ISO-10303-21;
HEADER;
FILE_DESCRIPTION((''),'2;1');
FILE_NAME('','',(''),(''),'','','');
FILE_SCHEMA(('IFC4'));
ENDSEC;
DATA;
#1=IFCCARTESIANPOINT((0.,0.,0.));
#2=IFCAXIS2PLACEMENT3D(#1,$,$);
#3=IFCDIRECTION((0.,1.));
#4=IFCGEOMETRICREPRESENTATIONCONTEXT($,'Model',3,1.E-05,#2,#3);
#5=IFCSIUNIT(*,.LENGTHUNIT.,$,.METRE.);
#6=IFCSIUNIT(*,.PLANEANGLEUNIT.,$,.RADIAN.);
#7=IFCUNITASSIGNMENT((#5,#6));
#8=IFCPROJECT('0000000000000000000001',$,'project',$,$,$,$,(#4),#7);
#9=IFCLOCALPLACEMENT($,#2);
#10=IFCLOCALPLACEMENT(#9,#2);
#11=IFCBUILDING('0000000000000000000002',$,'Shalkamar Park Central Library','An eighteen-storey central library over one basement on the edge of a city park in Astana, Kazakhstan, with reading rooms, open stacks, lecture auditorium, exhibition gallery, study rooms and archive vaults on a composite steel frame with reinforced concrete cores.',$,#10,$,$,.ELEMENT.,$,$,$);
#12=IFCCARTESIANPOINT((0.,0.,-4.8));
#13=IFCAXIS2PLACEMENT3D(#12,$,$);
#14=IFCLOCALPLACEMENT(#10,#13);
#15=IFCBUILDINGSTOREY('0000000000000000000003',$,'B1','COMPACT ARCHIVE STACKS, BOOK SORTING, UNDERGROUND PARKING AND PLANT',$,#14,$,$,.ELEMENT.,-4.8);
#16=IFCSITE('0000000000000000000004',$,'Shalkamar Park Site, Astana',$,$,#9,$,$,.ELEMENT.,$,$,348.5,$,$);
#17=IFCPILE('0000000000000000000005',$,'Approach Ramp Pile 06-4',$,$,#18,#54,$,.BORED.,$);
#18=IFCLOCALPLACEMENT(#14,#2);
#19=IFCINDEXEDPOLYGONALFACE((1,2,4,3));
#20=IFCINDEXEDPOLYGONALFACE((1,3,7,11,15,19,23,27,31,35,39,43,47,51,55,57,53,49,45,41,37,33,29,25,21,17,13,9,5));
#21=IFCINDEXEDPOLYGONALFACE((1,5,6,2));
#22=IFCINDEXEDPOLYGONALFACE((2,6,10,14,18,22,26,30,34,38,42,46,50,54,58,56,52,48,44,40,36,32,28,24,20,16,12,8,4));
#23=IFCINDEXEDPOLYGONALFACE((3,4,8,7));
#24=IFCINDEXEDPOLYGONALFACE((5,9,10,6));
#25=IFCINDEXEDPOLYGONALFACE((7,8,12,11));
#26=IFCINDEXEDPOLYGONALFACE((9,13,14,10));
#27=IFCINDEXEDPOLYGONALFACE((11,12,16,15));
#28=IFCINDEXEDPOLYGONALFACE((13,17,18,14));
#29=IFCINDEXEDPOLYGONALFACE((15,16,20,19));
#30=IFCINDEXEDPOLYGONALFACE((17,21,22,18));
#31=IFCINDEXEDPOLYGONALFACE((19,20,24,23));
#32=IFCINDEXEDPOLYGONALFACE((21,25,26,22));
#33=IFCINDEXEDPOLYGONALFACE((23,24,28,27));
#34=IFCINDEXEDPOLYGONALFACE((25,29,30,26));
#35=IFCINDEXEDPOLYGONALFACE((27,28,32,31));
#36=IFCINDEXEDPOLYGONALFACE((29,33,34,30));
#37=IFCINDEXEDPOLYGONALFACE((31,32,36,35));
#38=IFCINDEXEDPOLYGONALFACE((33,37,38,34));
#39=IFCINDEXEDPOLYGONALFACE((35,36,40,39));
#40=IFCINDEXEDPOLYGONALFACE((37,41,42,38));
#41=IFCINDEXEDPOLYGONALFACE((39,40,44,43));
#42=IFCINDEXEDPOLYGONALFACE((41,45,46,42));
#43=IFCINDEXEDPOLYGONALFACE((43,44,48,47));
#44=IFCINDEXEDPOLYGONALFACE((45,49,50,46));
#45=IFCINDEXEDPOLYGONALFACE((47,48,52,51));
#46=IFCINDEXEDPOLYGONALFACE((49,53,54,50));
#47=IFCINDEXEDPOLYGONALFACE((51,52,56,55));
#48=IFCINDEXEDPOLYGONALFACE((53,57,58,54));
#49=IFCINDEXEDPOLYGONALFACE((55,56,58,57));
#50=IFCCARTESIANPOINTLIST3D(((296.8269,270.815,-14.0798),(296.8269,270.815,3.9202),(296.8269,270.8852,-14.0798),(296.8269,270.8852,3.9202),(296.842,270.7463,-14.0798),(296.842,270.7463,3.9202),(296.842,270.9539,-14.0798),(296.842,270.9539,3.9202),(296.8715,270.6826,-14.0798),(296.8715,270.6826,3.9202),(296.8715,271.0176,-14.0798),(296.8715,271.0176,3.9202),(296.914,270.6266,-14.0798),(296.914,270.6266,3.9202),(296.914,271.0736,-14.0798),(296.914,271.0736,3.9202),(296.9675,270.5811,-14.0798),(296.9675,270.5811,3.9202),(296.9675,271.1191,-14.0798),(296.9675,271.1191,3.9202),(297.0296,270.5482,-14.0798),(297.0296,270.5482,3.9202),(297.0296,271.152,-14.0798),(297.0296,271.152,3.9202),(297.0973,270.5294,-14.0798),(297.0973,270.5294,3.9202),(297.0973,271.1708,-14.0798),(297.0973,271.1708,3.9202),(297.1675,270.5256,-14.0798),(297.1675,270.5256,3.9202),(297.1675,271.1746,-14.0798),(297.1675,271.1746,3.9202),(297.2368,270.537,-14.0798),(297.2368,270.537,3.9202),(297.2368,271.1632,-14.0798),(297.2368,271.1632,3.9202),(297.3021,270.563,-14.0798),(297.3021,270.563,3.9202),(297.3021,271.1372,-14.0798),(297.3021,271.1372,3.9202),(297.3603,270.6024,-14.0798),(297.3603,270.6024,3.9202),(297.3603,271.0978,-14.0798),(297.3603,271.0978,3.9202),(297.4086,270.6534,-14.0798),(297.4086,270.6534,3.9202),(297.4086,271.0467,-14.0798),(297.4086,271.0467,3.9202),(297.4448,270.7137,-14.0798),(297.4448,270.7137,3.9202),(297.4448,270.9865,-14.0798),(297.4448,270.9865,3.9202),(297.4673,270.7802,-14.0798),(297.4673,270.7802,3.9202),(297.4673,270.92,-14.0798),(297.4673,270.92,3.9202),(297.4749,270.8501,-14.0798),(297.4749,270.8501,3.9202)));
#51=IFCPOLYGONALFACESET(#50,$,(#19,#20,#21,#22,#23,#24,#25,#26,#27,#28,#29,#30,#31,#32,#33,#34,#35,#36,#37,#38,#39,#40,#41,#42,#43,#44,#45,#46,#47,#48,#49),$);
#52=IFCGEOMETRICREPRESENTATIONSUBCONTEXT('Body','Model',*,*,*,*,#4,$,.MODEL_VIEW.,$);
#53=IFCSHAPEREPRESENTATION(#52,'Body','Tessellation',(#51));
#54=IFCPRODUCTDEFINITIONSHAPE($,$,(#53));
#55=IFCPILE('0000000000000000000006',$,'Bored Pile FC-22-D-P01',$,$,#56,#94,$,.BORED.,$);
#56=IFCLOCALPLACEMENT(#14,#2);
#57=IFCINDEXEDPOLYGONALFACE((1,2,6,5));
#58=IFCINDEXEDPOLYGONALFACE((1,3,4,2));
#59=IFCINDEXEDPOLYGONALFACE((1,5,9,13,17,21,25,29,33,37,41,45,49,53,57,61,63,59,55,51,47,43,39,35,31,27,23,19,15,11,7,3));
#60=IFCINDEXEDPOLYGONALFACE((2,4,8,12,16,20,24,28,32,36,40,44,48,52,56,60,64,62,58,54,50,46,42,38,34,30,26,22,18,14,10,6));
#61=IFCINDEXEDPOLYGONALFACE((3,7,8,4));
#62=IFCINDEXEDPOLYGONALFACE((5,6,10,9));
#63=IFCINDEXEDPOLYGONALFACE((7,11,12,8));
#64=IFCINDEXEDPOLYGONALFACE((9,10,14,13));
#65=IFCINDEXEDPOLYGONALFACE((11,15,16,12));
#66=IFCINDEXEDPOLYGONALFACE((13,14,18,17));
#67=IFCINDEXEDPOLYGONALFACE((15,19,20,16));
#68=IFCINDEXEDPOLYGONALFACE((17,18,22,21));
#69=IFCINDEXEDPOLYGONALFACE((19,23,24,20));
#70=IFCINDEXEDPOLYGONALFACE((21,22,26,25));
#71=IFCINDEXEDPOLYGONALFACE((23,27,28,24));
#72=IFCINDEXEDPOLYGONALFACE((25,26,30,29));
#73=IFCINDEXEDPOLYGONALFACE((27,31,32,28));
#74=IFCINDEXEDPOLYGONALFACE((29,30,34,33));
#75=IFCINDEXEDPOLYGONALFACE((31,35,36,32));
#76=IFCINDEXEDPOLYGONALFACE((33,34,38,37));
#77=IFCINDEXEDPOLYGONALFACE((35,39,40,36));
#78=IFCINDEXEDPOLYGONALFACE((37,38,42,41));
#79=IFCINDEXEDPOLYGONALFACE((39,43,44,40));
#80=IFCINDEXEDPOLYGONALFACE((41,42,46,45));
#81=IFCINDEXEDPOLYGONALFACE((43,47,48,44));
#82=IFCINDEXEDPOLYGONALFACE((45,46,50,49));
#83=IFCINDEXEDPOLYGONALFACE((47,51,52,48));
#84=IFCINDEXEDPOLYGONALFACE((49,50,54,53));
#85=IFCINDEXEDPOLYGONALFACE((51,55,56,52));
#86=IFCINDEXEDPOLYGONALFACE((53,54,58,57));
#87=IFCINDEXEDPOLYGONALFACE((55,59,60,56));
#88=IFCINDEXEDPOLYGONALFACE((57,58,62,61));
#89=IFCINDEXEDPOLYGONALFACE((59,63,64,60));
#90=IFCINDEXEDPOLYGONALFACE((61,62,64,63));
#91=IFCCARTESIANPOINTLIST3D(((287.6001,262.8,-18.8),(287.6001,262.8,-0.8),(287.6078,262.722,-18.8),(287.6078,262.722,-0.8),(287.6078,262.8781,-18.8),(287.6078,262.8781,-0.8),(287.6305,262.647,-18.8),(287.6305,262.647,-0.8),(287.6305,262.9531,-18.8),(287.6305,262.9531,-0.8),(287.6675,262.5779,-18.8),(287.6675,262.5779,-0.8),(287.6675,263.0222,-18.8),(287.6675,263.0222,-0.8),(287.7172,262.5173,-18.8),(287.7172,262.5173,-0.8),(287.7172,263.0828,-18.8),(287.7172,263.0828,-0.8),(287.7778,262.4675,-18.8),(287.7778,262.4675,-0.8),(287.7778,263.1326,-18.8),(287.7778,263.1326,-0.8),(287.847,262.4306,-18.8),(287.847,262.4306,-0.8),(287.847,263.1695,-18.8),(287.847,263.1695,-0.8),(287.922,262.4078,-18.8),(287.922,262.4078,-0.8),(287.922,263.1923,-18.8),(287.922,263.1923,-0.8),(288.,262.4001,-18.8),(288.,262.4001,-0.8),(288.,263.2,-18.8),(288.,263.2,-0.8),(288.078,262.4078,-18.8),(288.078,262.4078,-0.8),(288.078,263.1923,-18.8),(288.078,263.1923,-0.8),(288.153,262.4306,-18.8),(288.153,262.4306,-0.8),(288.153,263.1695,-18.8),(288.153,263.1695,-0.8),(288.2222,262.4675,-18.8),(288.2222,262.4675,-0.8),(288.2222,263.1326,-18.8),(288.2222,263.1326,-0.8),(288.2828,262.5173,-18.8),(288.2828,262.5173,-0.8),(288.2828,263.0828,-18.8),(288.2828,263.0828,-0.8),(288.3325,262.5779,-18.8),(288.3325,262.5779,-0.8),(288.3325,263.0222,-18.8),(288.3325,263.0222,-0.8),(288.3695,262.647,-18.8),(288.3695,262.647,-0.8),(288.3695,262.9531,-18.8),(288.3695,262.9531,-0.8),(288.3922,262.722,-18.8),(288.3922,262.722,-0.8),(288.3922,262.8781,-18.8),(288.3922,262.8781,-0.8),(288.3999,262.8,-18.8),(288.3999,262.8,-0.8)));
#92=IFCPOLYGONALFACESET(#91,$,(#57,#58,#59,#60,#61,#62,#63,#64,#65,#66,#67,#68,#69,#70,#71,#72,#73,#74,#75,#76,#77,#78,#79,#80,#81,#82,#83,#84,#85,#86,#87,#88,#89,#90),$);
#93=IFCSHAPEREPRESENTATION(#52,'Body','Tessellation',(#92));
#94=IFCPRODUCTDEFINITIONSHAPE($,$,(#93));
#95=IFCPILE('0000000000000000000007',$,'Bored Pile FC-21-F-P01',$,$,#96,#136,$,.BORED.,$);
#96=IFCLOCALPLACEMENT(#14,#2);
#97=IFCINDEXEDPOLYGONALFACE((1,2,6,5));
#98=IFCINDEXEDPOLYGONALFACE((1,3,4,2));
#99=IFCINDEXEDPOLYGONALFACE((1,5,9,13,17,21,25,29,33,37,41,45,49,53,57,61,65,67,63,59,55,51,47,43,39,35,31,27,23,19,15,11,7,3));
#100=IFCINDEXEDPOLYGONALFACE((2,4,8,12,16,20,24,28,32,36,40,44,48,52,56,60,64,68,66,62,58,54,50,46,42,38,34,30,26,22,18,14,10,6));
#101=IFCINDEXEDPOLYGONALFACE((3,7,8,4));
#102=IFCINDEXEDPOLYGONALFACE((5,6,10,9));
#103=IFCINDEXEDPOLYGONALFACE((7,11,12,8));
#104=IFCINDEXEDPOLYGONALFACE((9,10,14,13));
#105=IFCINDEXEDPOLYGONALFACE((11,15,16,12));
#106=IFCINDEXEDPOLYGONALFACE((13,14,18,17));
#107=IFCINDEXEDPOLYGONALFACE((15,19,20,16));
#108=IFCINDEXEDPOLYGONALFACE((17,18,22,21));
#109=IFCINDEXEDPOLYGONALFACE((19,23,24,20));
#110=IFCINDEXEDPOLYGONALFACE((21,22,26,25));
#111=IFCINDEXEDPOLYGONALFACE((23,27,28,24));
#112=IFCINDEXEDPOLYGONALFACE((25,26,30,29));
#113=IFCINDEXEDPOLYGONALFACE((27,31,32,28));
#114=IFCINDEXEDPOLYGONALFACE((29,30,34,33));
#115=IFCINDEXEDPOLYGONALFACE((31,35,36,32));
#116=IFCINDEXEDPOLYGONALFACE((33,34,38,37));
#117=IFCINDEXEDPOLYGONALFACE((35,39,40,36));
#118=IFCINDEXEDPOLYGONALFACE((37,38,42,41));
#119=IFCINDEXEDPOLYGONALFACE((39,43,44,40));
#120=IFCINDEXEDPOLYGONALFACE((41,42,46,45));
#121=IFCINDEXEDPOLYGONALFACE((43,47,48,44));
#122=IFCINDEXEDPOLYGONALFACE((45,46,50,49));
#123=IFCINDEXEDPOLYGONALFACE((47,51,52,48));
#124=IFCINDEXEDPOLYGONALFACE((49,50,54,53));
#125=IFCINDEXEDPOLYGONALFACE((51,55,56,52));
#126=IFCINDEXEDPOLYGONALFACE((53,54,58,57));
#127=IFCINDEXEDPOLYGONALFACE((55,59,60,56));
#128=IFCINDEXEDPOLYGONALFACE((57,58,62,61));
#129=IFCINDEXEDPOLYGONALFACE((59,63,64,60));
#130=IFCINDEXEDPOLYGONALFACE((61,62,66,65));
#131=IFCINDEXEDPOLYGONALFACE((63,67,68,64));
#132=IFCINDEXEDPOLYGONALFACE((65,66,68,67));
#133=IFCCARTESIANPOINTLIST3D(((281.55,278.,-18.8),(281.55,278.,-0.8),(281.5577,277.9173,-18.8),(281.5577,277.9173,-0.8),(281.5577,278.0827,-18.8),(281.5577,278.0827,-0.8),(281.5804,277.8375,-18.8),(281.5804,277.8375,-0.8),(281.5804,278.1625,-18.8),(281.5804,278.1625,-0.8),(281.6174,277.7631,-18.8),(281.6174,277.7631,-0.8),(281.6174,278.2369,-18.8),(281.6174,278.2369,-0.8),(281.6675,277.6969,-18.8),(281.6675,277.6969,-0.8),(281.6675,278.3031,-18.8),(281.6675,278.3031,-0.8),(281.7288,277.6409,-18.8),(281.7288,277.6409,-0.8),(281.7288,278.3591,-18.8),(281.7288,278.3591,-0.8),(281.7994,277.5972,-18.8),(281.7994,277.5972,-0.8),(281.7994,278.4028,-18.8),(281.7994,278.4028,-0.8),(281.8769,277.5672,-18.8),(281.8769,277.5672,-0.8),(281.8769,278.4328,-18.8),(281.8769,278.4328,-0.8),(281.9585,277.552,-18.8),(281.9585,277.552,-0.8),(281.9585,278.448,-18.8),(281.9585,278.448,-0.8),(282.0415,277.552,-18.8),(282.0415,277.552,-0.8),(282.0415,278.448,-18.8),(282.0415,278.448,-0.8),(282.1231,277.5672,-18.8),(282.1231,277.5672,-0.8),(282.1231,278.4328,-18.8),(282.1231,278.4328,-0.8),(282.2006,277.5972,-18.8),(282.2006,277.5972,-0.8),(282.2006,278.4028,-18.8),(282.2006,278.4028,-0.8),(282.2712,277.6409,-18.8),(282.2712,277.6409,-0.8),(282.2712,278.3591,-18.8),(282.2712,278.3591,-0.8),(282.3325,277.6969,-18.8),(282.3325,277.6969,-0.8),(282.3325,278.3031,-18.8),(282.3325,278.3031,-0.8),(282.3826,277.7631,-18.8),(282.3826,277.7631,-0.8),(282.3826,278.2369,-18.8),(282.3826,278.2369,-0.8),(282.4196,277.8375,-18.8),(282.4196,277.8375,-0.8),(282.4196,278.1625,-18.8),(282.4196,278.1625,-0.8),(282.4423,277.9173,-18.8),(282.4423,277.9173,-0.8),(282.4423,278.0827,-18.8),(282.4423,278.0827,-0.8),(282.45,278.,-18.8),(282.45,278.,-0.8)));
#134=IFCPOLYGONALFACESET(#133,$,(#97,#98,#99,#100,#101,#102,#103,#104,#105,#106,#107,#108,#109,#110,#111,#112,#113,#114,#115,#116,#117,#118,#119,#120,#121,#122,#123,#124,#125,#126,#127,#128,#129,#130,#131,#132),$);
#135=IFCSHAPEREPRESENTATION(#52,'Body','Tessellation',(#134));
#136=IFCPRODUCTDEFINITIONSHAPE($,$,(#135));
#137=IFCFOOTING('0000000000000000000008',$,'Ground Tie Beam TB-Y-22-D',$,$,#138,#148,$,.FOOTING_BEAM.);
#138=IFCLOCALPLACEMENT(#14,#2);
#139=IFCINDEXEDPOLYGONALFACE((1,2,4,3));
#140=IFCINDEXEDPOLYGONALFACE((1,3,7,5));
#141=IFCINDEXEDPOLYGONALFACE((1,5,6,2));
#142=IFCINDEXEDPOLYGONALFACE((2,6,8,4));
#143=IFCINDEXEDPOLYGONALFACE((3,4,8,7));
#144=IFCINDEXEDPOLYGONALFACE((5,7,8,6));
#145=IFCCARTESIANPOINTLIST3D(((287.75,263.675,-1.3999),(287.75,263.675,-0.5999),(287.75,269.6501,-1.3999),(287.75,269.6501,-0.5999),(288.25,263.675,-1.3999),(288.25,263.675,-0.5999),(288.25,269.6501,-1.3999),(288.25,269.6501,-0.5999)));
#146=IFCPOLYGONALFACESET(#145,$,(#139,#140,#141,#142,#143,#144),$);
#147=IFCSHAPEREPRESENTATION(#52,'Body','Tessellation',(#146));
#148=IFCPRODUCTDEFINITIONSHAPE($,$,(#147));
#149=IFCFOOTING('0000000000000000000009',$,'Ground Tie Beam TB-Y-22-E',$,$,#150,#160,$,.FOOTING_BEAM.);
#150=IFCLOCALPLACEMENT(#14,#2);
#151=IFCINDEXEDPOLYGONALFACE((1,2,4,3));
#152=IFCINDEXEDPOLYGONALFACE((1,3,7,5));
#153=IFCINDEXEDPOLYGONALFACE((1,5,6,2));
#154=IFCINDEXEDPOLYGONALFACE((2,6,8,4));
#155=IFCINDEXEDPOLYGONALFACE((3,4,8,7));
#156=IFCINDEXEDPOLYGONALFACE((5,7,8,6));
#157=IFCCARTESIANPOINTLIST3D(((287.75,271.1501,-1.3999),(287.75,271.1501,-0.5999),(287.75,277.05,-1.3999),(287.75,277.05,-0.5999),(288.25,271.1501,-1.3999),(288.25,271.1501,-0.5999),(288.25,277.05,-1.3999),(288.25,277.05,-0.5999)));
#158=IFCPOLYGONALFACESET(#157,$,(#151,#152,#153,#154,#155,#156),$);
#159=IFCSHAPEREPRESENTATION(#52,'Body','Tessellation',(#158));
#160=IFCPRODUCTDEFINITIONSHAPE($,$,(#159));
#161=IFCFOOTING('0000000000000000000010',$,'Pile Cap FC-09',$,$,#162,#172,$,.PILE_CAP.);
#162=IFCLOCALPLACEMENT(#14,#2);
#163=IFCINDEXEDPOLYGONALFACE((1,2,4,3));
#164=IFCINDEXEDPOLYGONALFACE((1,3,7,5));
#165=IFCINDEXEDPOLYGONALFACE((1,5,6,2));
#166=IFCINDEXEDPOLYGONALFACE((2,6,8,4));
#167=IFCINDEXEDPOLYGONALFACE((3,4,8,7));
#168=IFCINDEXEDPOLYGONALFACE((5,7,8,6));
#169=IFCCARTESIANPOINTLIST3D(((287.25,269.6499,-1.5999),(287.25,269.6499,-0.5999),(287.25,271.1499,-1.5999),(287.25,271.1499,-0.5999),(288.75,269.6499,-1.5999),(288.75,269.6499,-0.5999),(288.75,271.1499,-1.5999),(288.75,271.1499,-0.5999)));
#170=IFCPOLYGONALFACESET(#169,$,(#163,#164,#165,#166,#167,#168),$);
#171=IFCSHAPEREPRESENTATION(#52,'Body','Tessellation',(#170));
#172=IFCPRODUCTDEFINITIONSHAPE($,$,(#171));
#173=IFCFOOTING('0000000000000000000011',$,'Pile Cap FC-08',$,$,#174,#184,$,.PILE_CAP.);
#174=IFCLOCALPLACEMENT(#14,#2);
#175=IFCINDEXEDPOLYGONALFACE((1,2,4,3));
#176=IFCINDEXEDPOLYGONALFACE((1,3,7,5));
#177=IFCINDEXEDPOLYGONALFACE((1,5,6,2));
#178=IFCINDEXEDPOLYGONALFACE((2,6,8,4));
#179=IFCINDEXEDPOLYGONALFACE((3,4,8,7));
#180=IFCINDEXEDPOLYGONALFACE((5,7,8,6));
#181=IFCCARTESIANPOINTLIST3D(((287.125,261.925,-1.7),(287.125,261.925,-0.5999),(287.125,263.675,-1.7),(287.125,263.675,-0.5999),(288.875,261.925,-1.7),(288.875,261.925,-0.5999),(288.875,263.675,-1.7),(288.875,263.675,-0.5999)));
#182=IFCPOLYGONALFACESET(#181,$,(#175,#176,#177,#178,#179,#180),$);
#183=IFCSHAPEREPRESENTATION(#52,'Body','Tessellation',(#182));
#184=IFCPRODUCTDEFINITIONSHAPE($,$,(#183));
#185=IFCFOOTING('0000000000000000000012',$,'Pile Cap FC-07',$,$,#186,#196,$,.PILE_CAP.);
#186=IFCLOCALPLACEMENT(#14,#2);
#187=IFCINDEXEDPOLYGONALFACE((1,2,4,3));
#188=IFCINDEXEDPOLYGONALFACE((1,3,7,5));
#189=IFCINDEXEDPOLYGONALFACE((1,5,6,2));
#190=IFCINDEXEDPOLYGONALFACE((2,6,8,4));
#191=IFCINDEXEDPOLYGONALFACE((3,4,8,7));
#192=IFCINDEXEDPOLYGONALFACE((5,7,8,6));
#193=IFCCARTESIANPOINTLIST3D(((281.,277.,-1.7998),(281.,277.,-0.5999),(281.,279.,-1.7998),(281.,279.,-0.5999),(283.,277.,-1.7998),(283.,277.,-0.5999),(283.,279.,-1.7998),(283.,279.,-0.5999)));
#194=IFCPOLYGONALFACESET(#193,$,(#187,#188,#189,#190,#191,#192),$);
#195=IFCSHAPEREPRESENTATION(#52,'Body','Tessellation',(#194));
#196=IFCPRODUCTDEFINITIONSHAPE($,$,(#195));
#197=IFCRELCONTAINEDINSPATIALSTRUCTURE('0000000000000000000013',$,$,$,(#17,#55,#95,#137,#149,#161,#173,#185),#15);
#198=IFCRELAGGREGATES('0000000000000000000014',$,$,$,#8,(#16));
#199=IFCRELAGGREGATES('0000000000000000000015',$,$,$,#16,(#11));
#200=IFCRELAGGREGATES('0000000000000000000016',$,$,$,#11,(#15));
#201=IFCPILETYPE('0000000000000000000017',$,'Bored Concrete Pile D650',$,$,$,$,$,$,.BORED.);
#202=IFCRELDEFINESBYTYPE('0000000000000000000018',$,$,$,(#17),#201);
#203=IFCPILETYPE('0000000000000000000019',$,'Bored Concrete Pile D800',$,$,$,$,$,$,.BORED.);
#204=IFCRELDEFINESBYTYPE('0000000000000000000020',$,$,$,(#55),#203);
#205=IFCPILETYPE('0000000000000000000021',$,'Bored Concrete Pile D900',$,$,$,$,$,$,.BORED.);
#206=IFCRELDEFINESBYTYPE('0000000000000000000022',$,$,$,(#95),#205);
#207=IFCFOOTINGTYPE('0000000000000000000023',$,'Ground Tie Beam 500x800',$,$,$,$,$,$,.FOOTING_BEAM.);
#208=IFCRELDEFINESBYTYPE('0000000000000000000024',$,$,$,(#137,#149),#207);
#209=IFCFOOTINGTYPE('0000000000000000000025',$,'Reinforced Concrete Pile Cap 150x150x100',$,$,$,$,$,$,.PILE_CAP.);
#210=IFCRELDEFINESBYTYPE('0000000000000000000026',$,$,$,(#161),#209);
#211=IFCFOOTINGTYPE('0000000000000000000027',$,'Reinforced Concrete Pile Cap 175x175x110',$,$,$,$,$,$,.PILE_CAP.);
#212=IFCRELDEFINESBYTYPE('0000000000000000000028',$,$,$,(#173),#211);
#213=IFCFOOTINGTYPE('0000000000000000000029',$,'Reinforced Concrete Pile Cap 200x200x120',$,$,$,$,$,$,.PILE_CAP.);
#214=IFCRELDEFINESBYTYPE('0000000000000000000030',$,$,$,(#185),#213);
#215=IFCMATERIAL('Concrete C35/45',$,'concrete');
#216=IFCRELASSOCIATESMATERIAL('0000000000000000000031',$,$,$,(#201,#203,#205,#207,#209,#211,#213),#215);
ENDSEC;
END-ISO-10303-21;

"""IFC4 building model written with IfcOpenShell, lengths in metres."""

from ifc_helpers import new_model, si_unit, direction, frame, origin, origin_2d, place, context, subcontext, project, spatial, rectangle, circle, extrude, material, material_profile, profile_set, type_object, element, save


model = new_model("IFC4")

# Units and contexts
model_context = context("Model", 3, precision=1e-05, world=origin(), true_north=direction((0.0, 1.0)))
body_context = subcontext(model_context, "Body", "Model", "MODEL_VIEW")
ifc_project = project(units=[si_unit("LENGTHUNIT", "METRE"), si_unit("PLANEANGLEUNIT", "RADIAN")], contexts=[model_context])

# Site, building, storey
site_placement = place(None, origin())
site = spatial("IfcSite", under=ifc_project, at=site_placement, Name="Shalkamar Park Site, Astana", CompositionType="ELEMENT", RefElevation=348.5)
building_placement = place(site_placement, origin())
building = spatial("IfcBuilding", under=site, at=building_placement, Name="Shalkamar Park Central Library", Description="An eighteen-storey central library over one basement on the edge of a city park in Astana, Kazakhstan, with reading rooms, open stacks, lecture auditorium, exhibition gallery, study rooms and archive vaults on a composite steel frame with reinforced concrete cores.", CompositionType="ELEMENT")
storey_placement = place(building_placement, frame((0.0, 0.0, -4.8)))
storey = spatial("IfcBuildingStorey", under=building, at=storey_placement, Name="B1", Description="COMPACT ARCHIVE STACKS, BOOK SORTING, UNDERGROUND PARKING AND PLANT", CompositionType="ELEMENT", Elevation=-4.8)

# Piles
ifc_material_1 = material(Name="Concrete C35/45", Category="concrete")
ifc_material_profile_1 = material_profile(ifc_material_1, circle(Radius=0.325, at=origin_2d()), Name="PILE D650")
ifc_profile_set_1 = profile_set([ifc_material_profile_1], Name="Concrete C35/45")
pile_type_1 = type_object("IfcPileType", Name="Bored Concrete Pile D650", PredefinedType="BORED", material=ifc_profile_set_1)
for number, where, z_axis, x_axis, name in (
    (1, (297.1499, 270.8501, 3.9202), (0.0, 0.0, -1.0), (1.0, 0.0, 0.0), "Approach Ramp Pile 06-4"),
):
    element("IfcPile", number, at=place(storey_placement, frame(where, z_axis=z_axis, x_axis=x_axis)), inside=storey, type_object=pile_type_1, Name=name, PredefinedType="BORED", context=body_context, shape_type="SweptSolid", body=[
        extrude(circle(Radius=0.325, at=origin_2d()), origin(), (0.0, 0.0, 1.0), 18.0),
    ])
ifc_material_profile_2 = material_profile(ifc_material_1, circle(Radius=0.3999, at=origin_2d()), Name="PILE D800")
ifc_profile_set_2 = profile_set([ifc_material_profile_2], Name="Concrete C35/45")
pile_type_2 = type_object("IfcPileType", Name="Bored Concrete Pile D800", PredefinedType="BORED", material=ifc_profile_set_2)
pile_1_placement = place(storey_placement, frame((288.0, 262.8, -0.8), z_axis=(0.0, 0.0, -1.0), x_axis=(1.0, 0.0, 0.0)))
element("IfcPile", 2, at=pile_1_placement, inside=storey, type_object=pile_type_2, Name="Bored Pile FC-22-D-P01", PredefinedType="BORED", context=body_context, shape_type="SweptSolid", body=[
    extrude(circle(Radius=0.3999, at=origin_2d()), origin(), (0.0, 0.0, 1.0), 18.0),
])
ifc_material_profile_3 = material_profile(ifc_material_1, circle(Radius=0.45, at=origin_2d()), Name="PILE D900")
ifc_profile_set_3 = profile_set([ifc_material_profile_3], Name="Concrete C35/45")
pile_type_3 = type_object("IfcPileType", Name="Bored Concrete Pile D900", PredefinedType="BORED", material=ifc_profile_set_3)
pile_2_placement = place(storey_placement, frame((282.0, 278.0, -0.8), z_axis=(0.0, 0.0, -1.0), x_axis=(1.0, 0.0, 0.0)))
element("IfcPile", 3, at=pile_2_placement, inside=storey, type_object=pile_type_3, Name="Bored Pile FC-21-F-P01", PredefinedType="BORED", context=body_context, shape_type="SweptSolid", body=[
    extrude(circle(Radius=0.45, at=origin_2d()), origin(), (0.0, 0.0, 1.0), 18.0),
])

# Footings
footing_type_1 = type_object("IfcFootingType", Name="Ground Tie Beam 500x800", PredefinedType="FOOTING_BEAM", material=ifc_material_1)
footing_1_placement = place(storey_placement, frame((288.0, 266.6626, -1.3999), z_axis=(0.0, 0.0, 1.0), x_axis=(0.0, 1.0, 0.0)))
element("IfcFooting", 4, at=footing_1_placement, inside=storey, type_object=footing_type_1, Name="Ground Tie Beam TB-Y-22-D", PredefinedType="FOOTING_BEAM", context=body_context, shape_type="SweptSolid", body=[
    extrude(rectangle(XDim=5.9751, YDim=0.5, at=origin_2d()), origin(), (0.0, 0.0, 1.0), 0.8),
])
footing_2_placement = place(storey_placement, frame((288.0, 274.1001, -1.3999), z_axis=(0.0, 0.0, 1.0), x_axis=(0.0, 1.0, 0.0)))
element("IfcFooting", 5, at=footing_2_placement, inside=storey, type_object=footing_type_1, Name="Ground Tie Beam TB-Y-22-E", PredefinedType="FOOTING_BEAM", context=body_context, shape_type="SweptSolid", body=[
    extrude(rectangle(XDim=5.8999, YDim=0.5, at=origin_2d()), origin(), (0.0, 0.0, 1.0), 0.8),
])
footing_type_2 = type_object("IfcFootingType", Name="Reinforced Concrete Pile Cap 150x150x100", PredefinedType="PILE_CAP", material=ifc_material_1)
footing_3_placement = place(storey_placement, frame((288.0, 270.3999, -1.5999), z_axis=(0.0, 0.0, 1.0), x_axis=(1.0, 0.0, 0.0)))
element("IfcFooting", 6, at=footing_3_placement, inside=storey, type_object=footing_type_2, Name="Pile Cap FC-09", PredefinedType="PILE_CAP", context=body_context, shape_type="SweptSolid", body=[
    extrude(rectangle(XDim=1.5, YDim=1.5, at=origin_2d()), origin(), (0.0, 0.0, 1.0), 1.0),
])
footing_type_3 = type_object("IfcFootingType", Name="Reinforced Concrete Pile Cap 175x175x110", PredefinedType="PILE_CAP", material=ifc_material_1)
footing_4_placement = place(storey_placement, frame((288.0, 262.8, -1.7), z_axis=(0.0, 0.0, 1.0), x_axis=(1.0, 0.0, 0.0)))
element("IfcFooting", 7, at=footing_4_placement, inside=storey, type_object=footing_type_3, Name="Pile Cap FC-08", PredefinedType="PILE_CAP", context=body_context, shape_type="SweptSolid", body=[
    extrude(rectangle(XDim=1.75, YDim=1.75, at=origin_2d()), origin(), (0.0, 0.0, 1.0), 1.1001),
])
footing_type_4 = type_object("IfcFootingType", Name="Reinforced Concrete Pile Cap 200x200x120", PredefinedType="PILE_CAP", material=ifc_material_1)
footing_5_placement = place(storey_placement, frame((282.0, 278.0, -1.7998), z_axis=(0.0, 0.0, 1.0), x_axis=(1.0, 0.0, 0.0)))
element("IfcFooting", 8, at=footing_5_placement, inside=storey, type_object=footing_type_4, Name="Pile Cap FC-07", PredefinedType="PILE_CAP", context=body_context, shape_type="SweptSolid", body=[
    extrude(rectangle(XDim=2.0, YDim=2.0, at=origin_2d()), origin(), (0.0, 0.0, 1.0), 1.2),
])

save(model, "model.ifc")
